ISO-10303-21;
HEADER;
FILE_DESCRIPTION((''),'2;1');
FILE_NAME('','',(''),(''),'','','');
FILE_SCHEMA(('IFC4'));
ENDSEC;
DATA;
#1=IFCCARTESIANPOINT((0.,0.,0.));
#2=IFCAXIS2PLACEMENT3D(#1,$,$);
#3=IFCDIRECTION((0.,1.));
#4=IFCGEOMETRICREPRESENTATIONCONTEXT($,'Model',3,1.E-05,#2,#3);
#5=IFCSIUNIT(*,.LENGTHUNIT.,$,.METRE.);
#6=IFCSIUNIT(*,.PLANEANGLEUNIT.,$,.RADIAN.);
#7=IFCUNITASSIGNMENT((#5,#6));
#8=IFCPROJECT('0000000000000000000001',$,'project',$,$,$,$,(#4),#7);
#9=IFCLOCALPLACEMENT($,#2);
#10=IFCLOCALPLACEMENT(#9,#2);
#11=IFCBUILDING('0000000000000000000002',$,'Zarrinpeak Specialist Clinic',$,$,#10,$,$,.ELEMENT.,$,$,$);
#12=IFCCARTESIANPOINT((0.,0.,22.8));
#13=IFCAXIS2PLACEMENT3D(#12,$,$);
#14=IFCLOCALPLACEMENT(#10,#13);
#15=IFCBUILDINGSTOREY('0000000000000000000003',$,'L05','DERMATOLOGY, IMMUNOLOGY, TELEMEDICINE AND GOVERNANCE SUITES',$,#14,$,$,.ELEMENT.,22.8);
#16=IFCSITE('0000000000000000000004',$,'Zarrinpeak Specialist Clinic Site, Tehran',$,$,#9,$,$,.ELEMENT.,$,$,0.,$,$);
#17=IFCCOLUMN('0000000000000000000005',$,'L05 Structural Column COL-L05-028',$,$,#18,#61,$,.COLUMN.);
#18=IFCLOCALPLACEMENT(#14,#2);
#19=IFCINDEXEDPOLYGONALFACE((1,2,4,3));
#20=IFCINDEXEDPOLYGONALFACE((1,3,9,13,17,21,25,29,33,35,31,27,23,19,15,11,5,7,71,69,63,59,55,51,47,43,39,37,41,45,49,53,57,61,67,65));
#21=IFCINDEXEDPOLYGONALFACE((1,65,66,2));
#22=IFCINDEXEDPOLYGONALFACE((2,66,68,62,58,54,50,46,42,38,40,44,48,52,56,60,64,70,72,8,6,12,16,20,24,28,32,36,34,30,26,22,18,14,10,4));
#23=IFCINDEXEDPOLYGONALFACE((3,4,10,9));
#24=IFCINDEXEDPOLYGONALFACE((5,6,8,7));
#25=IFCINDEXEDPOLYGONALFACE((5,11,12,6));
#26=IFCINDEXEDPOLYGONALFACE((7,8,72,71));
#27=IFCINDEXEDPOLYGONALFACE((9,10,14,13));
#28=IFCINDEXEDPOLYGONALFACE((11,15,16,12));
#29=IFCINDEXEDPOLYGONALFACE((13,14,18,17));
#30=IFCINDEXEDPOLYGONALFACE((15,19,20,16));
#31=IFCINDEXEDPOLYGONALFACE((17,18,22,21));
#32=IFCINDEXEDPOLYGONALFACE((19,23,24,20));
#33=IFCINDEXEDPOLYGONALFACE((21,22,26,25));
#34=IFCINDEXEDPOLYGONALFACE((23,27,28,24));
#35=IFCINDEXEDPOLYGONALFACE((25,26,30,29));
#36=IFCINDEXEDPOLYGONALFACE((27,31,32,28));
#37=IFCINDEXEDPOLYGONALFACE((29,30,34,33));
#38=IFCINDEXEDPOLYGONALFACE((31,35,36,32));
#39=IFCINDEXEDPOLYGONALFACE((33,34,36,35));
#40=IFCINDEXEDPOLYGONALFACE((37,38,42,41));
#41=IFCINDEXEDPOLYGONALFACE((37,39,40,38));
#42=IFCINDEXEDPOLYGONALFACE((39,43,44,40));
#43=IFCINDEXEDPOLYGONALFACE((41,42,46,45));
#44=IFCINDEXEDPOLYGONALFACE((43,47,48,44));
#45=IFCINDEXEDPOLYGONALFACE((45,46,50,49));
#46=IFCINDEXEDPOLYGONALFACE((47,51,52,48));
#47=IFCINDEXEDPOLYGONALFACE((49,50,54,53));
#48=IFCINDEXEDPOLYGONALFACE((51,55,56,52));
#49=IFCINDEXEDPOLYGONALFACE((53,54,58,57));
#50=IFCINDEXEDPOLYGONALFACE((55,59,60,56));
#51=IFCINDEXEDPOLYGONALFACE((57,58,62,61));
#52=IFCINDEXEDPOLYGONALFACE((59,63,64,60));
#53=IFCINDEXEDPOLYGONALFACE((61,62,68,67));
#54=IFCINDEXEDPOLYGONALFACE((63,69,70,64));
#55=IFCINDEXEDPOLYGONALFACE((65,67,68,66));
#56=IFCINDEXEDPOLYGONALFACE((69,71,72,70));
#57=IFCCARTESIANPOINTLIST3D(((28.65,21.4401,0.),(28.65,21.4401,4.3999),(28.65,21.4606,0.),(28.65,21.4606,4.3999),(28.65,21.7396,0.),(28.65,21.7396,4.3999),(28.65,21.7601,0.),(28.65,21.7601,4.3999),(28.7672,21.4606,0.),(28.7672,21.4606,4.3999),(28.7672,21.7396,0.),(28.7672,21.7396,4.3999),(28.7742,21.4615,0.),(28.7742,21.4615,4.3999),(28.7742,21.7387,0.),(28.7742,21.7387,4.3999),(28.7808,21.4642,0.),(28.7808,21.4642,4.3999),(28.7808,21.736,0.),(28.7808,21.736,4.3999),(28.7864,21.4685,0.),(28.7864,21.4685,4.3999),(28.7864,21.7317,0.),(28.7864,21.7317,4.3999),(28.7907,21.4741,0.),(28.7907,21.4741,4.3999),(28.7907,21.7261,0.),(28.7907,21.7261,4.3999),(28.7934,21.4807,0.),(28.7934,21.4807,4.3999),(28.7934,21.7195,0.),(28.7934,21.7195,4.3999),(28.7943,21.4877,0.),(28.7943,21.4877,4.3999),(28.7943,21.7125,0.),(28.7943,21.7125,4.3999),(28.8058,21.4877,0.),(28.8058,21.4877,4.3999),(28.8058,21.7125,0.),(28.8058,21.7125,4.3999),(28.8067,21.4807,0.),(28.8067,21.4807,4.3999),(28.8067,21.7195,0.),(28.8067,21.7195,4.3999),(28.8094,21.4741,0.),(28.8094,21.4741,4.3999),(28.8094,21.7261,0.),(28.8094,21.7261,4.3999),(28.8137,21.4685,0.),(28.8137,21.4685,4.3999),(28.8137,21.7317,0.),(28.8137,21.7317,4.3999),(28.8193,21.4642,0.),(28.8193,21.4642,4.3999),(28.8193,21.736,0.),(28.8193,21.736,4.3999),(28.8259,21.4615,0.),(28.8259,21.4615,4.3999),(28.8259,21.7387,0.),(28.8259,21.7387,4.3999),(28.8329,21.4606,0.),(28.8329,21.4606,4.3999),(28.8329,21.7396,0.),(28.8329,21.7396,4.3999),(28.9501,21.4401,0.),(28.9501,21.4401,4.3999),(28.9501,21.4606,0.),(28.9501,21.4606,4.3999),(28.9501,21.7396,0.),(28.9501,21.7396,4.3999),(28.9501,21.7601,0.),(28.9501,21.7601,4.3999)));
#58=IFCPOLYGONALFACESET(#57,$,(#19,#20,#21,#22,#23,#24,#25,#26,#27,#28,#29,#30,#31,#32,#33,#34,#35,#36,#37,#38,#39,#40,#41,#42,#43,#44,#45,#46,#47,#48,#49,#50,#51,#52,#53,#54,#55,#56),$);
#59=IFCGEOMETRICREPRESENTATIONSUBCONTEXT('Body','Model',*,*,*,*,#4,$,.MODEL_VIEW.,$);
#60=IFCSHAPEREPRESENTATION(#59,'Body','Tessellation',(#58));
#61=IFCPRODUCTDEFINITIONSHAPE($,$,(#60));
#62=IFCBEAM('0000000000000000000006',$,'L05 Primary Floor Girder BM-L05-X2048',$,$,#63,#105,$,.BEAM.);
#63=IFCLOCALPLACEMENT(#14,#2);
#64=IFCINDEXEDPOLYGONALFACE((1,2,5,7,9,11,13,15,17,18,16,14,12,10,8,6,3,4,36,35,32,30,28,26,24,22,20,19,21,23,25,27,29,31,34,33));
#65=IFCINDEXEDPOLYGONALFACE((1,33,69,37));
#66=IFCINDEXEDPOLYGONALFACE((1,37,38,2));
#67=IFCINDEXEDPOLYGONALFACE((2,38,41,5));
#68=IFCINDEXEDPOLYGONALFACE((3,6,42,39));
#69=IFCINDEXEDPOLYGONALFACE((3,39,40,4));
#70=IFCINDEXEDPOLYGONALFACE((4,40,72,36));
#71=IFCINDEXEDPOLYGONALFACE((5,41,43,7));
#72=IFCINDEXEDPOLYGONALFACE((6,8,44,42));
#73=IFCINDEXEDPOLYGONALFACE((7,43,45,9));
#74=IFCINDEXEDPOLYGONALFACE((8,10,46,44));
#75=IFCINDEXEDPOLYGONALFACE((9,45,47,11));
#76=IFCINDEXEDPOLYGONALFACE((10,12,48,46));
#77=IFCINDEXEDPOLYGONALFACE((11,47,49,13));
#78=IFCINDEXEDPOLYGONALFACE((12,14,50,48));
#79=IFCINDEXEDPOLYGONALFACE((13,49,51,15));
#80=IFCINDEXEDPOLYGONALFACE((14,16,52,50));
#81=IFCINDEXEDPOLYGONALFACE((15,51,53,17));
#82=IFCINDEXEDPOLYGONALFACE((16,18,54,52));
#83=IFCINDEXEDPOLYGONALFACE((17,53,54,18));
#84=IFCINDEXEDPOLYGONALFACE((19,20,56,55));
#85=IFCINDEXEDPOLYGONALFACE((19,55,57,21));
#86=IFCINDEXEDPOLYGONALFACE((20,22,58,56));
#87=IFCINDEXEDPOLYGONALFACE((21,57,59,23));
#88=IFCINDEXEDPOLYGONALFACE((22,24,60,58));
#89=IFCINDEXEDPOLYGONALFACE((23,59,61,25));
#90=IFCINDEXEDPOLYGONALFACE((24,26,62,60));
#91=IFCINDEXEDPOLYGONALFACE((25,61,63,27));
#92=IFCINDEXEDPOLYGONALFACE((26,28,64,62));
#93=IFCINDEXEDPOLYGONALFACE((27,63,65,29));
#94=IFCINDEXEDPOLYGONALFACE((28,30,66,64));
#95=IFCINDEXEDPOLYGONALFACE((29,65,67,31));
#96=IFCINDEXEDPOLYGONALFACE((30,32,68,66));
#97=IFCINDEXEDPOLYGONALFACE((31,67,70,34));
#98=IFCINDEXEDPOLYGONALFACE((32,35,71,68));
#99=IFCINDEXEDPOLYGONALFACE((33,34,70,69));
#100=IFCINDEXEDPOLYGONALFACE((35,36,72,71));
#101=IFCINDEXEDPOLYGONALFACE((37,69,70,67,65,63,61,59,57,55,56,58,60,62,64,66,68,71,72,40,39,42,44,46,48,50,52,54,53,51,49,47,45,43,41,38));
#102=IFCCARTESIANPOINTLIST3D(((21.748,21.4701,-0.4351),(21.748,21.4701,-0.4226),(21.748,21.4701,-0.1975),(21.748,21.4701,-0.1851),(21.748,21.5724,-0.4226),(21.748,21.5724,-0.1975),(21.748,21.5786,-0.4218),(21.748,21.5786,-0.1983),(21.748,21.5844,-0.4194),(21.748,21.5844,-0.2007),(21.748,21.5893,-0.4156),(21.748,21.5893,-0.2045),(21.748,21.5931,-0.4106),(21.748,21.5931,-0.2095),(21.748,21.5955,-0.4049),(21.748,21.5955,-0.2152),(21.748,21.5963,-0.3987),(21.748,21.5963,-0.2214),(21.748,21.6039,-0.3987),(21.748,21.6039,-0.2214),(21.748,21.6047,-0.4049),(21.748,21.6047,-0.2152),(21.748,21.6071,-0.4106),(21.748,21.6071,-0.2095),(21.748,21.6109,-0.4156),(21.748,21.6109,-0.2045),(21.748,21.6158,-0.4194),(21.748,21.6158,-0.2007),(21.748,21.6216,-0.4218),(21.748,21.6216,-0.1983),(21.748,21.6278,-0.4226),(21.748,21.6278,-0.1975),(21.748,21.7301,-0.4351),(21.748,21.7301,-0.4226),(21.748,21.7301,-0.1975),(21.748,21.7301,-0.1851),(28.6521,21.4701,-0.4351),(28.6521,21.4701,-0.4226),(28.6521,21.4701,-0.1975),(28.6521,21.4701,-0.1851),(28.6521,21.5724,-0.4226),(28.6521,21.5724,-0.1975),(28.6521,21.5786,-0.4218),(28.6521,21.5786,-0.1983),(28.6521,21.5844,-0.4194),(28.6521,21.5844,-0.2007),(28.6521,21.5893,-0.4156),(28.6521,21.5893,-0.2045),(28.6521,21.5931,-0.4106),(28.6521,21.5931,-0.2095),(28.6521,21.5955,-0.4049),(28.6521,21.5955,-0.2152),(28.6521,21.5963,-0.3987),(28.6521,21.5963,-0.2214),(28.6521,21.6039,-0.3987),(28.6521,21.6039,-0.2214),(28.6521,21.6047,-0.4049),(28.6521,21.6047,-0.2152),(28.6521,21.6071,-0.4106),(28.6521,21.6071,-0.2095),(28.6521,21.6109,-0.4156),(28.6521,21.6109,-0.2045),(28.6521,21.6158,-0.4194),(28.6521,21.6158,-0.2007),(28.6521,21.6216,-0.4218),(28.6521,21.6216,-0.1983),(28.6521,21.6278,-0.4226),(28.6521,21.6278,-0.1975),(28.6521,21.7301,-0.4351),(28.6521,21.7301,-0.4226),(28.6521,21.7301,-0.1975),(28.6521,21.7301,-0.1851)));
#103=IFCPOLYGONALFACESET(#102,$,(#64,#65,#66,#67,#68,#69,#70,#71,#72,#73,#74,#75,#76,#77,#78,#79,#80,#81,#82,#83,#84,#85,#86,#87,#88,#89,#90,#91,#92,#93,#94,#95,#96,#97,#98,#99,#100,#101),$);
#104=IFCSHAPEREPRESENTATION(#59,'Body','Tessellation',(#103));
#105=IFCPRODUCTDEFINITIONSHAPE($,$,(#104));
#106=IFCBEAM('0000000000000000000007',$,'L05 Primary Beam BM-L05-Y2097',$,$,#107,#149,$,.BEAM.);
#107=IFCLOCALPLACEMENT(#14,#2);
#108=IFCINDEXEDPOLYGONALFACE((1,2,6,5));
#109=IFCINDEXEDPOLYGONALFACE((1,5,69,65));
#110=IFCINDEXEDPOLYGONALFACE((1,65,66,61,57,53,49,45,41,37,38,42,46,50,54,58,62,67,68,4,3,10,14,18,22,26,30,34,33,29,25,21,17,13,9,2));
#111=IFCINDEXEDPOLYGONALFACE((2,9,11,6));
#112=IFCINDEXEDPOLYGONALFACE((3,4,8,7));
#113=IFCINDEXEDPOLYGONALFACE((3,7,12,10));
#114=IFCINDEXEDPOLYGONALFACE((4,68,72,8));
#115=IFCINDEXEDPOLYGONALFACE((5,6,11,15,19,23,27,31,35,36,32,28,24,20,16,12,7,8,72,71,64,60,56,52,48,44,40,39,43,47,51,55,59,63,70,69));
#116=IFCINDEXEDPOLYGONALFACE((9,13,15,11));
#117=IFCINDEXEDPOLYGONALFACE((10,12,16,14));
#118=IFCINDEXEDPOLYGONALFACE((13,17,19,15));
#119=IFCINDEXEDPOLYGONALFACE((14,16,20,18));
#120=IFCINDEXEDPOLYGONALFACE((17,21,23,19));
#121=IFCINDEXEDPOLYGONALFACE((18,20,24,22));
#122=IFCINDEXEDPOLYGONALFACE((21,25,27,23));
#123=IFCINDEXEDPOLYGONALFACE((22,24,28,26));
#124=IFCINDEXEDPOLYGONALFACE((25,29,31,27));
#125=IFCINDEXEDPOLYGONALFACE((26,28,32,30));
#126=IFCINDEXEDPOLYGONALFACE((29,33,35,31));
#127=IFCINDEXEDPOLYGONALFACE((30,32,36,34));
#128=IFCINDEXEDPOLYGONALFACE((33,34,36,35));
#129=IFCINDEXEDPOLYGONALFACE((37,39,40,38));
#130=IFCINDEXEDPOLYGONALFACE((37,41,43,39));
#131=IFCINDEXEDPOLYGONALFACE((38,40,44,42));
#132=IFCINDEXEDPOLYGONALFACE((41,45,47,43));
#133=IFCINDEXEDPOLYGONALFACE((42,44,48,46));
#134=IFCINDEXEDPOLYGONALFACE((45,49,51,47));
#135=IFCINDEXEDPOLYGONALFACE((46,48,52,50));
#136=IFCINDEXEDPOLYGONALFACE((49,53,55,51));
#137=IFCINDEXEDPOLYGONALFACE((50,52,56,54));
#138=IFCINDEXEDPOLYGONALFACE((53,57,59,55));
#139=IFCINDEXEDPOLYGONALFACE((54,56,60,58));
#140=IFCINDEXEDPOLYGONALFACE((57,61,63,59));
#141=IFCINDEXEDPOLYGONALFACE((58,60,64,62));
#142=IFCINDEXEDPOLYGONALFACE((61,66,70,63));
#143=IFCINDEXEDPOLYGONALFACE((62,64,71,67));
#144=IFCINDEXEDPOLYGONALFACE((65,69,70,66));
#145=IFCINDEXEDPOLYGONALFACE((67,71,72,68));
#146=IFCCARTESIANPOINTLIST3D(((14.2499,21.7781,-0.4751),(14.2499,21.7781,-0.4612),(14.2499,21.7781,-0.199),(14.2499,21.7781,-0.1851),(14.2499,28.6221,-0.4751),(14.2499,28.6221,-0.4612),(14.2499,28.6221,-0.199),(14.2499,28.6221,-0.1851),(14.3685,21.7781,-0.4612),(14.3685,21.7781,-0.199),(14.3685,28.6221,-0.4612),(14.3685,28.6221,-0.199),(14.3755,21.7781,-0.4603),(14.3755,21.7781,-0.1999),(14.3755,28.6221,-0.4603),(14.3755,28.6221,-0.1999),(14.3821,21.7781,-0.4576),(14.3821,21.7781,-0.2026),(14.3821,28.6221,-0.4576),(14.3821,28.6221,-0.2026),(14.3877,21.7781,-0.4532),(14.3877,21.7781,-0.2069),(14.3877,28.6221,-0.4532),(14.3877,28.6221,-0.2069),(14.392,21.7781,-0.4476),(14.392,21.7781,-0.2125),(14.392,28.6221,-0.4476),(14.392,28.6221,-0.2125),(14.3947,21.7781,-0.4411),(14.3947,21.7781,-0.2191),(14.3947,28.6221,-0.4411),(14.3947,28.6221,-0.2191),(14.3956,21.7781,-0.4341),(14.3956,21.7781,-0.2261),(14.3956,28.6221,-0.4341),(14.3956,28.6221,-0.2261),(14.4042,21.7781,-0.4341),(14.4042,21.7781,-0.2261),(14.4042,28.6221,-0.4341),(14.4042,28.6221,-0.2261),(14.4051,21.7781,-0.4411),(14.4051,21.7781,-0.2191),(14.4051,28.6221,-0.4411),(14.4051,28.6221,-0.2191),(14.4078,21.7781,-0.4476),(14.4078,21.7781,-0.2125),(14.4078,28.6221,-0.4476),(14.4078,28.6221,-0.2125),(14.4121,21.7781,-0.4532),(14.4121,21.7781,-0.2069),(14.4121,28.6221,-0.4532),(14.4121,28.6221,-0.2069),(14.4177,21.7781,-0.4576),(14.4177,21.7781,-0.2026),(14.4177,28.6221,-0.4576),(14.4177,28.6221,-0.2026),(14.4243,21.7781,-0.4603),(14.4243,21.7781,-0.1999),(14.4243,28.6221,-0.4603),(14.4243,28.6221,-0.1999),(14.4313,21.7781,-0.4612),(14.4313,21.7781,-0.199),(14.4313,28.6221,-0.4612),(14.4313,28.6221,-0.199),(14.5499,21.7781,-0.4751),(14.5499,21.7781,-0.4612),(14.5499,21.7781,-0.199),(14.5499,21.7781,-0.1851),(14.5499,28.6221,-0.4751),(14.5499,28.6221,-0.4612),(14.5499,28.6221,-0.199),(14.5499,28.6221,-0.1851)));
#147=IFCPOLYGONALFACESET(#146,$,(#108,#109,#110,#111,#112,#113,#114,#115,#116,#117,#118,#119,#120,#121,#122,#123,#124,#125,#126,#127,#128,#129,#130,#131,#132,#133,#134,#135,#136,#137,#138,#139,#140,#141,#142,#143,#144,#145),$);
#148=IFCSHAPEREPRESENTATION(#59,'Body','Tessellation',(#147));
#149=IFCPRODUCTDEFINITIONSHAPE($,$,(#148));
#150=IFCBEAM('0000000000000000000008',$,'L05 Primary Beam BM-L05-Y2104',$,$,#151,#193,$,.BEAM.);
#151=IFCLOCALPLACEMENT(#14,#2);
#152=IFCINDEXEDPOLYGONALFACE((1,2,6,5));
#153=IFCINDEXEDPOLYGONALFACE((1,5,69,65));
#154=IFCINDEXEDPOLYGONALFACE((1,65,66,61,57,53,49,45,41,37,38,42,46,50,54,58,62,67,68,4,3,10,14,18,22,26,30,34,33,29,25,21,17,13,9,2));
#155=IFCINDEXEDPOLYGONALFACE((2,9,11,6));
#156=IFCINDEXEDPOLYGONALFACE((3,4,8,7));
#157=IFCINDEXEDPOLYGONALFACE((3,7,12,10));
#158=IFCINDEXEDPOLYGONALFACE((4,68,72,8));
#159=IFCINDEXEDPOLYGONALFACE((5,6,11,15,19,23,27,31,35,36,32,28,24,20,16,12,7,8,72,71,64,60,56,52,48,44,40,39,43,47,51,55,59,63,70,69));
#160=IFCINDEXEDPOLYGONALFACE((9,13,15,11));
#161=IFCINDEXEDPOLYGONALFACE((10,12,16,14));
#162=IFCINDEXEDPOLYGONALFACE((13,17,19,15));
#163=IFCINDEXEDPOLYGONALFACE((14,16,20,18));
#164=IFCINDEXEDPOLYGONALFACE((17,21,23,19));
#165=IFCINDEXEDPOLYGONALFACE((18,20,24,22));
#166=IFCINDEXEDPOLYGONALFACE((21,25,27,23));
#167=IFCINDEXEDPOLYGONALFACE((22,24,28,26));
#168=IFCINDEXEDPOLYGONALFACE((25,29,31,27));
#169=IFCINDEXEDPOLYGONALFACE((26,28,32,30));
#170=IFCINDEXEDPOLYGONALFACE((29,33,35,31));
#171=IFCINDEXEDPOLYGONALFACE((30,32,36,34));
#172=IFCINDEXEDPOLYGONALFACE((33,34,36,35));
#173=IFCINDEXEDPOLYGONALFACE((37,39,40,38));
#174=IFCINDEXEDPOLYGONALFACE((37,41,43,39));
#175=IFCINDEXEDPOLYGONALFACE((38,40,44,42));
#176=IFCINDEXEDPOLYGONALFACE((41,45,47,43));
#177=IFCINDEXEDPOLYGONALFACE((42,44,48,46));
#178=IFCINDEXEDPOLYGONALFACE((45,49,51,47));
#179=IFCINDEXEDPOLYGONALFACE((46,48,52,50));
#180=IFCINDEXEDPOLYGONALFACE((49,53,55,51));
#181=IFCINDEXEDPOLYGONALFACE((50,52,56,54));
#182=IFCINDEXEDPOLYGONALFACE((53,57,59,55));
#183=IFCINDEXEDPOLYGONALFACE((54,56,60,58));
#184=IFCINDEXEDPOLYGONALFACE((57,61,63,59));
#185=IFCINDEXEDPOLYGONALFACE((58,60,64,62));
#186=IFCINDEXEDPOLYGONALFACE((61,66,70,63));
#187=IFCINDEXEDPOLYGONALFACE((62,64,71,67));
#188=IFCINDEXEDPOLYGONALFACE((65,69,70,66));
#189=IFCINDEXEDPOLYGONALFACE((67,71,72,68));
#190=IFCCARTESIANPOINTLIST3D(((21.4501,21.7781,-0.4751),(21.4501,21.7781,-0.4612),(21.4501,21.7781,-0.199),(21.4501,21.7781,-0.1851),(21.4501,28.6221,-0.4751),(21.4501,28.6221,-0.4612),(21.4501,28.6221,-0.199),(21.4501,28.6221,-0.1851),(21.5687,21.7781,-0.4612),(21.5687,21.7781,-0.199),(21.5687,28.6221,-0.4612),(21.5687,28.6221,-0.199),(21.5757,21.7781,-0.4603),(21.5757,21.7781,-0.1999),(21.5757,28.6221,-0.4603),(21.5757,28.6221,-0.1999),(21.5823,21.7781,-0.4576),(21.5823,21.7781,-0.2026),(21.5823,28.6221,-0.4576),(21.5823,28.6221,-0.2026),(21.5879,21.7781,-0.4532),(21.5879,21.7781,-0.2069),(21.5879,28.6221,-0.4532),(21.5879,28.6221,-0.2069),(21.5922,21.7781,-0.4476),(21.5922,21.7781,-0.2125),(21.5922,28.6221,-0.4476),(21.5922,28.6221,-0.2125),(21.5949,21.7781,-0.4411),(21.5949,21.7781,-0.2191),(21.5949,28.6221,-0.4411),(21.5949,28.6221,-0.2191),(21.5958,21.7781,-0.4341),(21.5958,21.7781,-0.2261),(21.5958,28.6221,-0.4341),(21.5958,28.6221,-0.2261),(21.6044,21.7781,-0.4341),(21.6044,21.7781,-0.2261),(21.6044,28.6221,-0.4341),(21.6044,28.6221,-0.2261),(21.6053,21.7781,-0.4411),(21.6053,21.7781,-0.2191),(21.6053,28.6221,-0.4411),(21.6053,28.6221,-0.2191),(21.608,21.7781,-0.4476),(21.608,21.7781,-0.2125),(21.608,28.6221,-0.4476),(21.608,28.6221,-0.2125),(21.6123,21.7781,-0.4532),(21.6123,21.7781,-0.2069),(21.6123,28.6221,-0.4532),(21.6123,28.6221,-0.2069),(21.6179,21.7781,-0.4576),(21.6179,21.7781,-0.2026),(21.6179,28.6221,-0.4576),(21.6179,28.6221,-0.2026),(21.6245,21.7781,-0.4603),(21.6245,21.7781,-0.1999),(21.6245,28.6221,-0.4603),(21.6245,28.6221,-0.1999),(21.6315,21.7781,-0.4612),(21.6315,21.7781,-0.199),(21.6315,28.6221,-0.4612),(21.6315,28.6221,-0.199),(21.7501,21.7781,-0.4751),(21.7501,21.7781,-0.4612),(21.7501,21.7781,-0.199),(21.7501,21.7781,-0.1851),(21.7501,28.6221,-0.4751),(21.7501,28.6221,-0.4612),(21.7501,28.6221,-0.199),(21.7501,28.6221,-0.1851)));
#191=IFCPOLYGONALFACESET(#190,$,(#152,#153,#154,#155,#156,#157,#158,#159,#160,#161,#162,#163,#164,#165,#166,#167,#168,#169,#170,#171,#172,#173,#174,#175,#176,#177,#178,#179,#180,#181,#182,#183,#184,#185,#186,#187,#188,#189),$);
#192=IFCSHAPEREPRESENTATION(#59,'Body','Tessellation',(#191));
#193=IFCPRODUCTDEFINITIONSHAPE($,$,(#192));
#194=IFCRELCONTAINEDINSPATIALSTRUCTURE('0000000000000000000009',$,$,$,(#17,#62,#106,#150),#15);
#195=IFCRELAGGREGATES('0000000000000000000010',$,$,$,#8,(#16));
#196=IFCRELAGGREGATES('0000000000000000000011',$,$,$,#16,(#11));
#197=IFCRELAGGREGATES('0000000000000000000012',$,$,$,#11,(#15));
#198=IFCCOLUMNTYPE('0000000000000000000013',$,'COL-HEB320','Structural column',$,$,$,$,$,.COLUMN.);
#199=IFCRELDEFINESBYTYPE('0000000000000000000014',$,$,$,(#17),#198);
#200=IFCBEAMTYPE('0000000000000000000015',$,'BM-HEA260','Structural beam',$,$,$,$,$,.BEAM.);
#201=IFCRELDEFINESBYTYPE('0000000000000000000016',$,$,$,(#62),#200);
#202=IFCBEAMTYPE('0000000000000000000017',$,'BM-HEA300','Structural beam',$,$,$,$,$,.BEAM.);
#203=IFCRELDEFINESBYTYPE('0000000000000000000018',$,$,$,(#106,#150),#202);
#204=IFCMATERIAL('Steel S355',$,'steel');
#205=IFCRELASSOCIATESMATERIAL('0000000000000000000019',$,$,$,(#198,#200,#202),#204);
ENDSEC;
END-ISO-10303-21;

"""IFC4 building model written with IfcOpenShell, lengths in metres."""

from ifc_helpers import new_model, si_unit, direction, frame, origin, origin_2d, place, context, subcontext, project, spatial, i_section, extrude, material, material_profile, profile_set, type_object, element, save


model = new_model("IFC4")

# Units and contexts
model_context = context("Model", 3, precision=1e-05, world=origin(), true_north=direction((0.0, 1.0)))
body_context = subcontext(model_context, "Body", "Model", "MODEL_VIEW")
ifc_project = project(units=[si_unit("LENGTHUNIT", "METRE"), si_unit("PLANEANGLEUNIT", "RADIAN")], contexts=[model_context])

# Site, building, storey
site_placement = place(None, origin())
site = spatial("IfcSite", under=ifc_project, at=site_placement, Name="Zarrinpeak Specialist Clinic Site, Tehran", CompositionType="ELEMENT", RefElevation=0.0)
building_placement = place(site_placement, origin())
building = spatial("IfcBuilding", under=site, at=building_placement, Name="Zarrinpeak Specialist Clinic", CompositionType="ELEMENT")
storey_placement = place(building_placement, frame((0.0, 0.0, 22.8)))
storey = spatial("IfcBuildingStorey", under=building, at=storey_placement, Name="L05", Description="DERMATOLOGY, IMMUNOLOGY, TELEMEDICINE AND GOVERNANCE SUITES", CompositionType="ELEMENT", Elevation=22.8)

# Column
ifc_material_1 = material(Name="Steel S355", Category="steel")
ifc_material_profile_1 = material_profile(ifc_material_1, i_section(OverallWidth=0.3, OverallDepth=0.3201, WebThickness=0.0115, FlangeThickness=0.0205, FilletRadius=0.0271, at=origin_2d()), Name="HEB 320")
ifc_profile_set_1 = profile_set([ifc_material_profile_1], Name="Steel S355")
column_type = type_object("IfcColumnType", Name="COL-HEB320", Description="Structural column", PredefinedType="COLUMN", material=ifc_profile_set_1)
column_placement = place(storey_placement, frame((28.8, 21.6001, 0.0), z_axis=(0.0, 0.0, 1.0), x_axis=(1.0, 0.0, 0.0)))
element("IfcColumn", 1, at=column_placement, inside=storey, type_object=column_type, Name="L05 Structural Column COL-L05-028", PredefinedType="COLUMN", context=body_context, shape_type="SweptSolid", body=[
    extrude(i_section(OverallWidth=0.3, OverallDepth=0.3201, WebThickness=0.0115, FlangeThickness=0.0205, FilletRadius=0.0271, at=origin_2d()), origin(), (0.0, 0.0, 1.0), 4.3999),
])

# Beams
ifc_material_profile_2 = material_profile(ifc_material_1, i_section(OverallWidth=0.26, OverallDepth=0.25, WebThickness=0.0076, FlangeThickness=0.0125, FilletRadius=0.0239, at=origin_2d()), Name="HEA 260")
ifc_profile_set_2 = profile_set([ifc_material_profile_2], Name="Steel S355")
beam_type_1 = type_object("IfcBeamType", Name="BM-HEA260", Description="Structural beam", PredefinedType="BEAM", material=ifc_profile_set_2)
beam_1_placement = place(storey_placement, frame((21.748, 21.6001, -0.3101), z_axis=(1.0, 0.0, 0.0), x_axis=(0.0, 1.0, 0.0)))
element("IfcBeam", 2, at=beam_1_placement, inside=storey, type_object=beam_type_1, Name="L05 Primary Floor Girder BM-L05-X2048", PredefinedType="BEAM", context=body_context, shape_type="SweptSolid", body=[
    extrude(i_section(OverallWidth=0.26, OverallDepth=0.25, WebThickness=0.0076, FlangeThickness=0.0125, FilletRadius=0.0239, at=origin_2d()), origin(), (0.0, 0.0, 1.0), 6.9041),
])
ifc_material_profile_3 = material_profile(ifc_material_1, i_section(OverallWidth=0.3, OverallDepth=0.29, WebThickness=0.0085, FlangeThickness=0.0139, FilletRadius=0.0271, at=origin_2d()), Name="HEA 300")
ifc_profile_set_3 = profile_set([ifc_material_profile_3], Name="Steel S355")
beam_type_2 = type_object("IfcBeamType", Name="BM-HEA300", Description="Structural beam", PredefinedType="BEAM", material=ifc_profile_set_3)
for number, where, z_axis, x_axis, name in (
    (3, (14.3999, 21.7781, -0.3301), (0.0, 1.0, 0.0), (-1.0, 0.0, 0.0), "L05 Primary Beam BM-L05-Y2097"),
    (4, (21.6001, 21.7781, -0.3301), (0.0, 1.0, 0.0), (-1.0, 0.0, 0.0), "L05 Primary Beam BM-L05-Y2104"),
):
    element("IfcBeam", number, at=place(storey_placement, frame(where, z_axis=z_axis, x_axis=x_axis)), inside=storey, type_object=beam_type_2, Name=name, PredefinedType="BEAM", context=body_context, shape_type="SweptSolid", body=[
        extrude(i_section(OverallWidth=0.3, OverallDepth=0.29, WebThickness=0.0085, FlangeThickness=0.0139, FilletRadius=0.0271, at=origin_2d()), origin(), (0.0, 0.0, 1.0), 6.844),
    ])

save(model, "model.ifc")
